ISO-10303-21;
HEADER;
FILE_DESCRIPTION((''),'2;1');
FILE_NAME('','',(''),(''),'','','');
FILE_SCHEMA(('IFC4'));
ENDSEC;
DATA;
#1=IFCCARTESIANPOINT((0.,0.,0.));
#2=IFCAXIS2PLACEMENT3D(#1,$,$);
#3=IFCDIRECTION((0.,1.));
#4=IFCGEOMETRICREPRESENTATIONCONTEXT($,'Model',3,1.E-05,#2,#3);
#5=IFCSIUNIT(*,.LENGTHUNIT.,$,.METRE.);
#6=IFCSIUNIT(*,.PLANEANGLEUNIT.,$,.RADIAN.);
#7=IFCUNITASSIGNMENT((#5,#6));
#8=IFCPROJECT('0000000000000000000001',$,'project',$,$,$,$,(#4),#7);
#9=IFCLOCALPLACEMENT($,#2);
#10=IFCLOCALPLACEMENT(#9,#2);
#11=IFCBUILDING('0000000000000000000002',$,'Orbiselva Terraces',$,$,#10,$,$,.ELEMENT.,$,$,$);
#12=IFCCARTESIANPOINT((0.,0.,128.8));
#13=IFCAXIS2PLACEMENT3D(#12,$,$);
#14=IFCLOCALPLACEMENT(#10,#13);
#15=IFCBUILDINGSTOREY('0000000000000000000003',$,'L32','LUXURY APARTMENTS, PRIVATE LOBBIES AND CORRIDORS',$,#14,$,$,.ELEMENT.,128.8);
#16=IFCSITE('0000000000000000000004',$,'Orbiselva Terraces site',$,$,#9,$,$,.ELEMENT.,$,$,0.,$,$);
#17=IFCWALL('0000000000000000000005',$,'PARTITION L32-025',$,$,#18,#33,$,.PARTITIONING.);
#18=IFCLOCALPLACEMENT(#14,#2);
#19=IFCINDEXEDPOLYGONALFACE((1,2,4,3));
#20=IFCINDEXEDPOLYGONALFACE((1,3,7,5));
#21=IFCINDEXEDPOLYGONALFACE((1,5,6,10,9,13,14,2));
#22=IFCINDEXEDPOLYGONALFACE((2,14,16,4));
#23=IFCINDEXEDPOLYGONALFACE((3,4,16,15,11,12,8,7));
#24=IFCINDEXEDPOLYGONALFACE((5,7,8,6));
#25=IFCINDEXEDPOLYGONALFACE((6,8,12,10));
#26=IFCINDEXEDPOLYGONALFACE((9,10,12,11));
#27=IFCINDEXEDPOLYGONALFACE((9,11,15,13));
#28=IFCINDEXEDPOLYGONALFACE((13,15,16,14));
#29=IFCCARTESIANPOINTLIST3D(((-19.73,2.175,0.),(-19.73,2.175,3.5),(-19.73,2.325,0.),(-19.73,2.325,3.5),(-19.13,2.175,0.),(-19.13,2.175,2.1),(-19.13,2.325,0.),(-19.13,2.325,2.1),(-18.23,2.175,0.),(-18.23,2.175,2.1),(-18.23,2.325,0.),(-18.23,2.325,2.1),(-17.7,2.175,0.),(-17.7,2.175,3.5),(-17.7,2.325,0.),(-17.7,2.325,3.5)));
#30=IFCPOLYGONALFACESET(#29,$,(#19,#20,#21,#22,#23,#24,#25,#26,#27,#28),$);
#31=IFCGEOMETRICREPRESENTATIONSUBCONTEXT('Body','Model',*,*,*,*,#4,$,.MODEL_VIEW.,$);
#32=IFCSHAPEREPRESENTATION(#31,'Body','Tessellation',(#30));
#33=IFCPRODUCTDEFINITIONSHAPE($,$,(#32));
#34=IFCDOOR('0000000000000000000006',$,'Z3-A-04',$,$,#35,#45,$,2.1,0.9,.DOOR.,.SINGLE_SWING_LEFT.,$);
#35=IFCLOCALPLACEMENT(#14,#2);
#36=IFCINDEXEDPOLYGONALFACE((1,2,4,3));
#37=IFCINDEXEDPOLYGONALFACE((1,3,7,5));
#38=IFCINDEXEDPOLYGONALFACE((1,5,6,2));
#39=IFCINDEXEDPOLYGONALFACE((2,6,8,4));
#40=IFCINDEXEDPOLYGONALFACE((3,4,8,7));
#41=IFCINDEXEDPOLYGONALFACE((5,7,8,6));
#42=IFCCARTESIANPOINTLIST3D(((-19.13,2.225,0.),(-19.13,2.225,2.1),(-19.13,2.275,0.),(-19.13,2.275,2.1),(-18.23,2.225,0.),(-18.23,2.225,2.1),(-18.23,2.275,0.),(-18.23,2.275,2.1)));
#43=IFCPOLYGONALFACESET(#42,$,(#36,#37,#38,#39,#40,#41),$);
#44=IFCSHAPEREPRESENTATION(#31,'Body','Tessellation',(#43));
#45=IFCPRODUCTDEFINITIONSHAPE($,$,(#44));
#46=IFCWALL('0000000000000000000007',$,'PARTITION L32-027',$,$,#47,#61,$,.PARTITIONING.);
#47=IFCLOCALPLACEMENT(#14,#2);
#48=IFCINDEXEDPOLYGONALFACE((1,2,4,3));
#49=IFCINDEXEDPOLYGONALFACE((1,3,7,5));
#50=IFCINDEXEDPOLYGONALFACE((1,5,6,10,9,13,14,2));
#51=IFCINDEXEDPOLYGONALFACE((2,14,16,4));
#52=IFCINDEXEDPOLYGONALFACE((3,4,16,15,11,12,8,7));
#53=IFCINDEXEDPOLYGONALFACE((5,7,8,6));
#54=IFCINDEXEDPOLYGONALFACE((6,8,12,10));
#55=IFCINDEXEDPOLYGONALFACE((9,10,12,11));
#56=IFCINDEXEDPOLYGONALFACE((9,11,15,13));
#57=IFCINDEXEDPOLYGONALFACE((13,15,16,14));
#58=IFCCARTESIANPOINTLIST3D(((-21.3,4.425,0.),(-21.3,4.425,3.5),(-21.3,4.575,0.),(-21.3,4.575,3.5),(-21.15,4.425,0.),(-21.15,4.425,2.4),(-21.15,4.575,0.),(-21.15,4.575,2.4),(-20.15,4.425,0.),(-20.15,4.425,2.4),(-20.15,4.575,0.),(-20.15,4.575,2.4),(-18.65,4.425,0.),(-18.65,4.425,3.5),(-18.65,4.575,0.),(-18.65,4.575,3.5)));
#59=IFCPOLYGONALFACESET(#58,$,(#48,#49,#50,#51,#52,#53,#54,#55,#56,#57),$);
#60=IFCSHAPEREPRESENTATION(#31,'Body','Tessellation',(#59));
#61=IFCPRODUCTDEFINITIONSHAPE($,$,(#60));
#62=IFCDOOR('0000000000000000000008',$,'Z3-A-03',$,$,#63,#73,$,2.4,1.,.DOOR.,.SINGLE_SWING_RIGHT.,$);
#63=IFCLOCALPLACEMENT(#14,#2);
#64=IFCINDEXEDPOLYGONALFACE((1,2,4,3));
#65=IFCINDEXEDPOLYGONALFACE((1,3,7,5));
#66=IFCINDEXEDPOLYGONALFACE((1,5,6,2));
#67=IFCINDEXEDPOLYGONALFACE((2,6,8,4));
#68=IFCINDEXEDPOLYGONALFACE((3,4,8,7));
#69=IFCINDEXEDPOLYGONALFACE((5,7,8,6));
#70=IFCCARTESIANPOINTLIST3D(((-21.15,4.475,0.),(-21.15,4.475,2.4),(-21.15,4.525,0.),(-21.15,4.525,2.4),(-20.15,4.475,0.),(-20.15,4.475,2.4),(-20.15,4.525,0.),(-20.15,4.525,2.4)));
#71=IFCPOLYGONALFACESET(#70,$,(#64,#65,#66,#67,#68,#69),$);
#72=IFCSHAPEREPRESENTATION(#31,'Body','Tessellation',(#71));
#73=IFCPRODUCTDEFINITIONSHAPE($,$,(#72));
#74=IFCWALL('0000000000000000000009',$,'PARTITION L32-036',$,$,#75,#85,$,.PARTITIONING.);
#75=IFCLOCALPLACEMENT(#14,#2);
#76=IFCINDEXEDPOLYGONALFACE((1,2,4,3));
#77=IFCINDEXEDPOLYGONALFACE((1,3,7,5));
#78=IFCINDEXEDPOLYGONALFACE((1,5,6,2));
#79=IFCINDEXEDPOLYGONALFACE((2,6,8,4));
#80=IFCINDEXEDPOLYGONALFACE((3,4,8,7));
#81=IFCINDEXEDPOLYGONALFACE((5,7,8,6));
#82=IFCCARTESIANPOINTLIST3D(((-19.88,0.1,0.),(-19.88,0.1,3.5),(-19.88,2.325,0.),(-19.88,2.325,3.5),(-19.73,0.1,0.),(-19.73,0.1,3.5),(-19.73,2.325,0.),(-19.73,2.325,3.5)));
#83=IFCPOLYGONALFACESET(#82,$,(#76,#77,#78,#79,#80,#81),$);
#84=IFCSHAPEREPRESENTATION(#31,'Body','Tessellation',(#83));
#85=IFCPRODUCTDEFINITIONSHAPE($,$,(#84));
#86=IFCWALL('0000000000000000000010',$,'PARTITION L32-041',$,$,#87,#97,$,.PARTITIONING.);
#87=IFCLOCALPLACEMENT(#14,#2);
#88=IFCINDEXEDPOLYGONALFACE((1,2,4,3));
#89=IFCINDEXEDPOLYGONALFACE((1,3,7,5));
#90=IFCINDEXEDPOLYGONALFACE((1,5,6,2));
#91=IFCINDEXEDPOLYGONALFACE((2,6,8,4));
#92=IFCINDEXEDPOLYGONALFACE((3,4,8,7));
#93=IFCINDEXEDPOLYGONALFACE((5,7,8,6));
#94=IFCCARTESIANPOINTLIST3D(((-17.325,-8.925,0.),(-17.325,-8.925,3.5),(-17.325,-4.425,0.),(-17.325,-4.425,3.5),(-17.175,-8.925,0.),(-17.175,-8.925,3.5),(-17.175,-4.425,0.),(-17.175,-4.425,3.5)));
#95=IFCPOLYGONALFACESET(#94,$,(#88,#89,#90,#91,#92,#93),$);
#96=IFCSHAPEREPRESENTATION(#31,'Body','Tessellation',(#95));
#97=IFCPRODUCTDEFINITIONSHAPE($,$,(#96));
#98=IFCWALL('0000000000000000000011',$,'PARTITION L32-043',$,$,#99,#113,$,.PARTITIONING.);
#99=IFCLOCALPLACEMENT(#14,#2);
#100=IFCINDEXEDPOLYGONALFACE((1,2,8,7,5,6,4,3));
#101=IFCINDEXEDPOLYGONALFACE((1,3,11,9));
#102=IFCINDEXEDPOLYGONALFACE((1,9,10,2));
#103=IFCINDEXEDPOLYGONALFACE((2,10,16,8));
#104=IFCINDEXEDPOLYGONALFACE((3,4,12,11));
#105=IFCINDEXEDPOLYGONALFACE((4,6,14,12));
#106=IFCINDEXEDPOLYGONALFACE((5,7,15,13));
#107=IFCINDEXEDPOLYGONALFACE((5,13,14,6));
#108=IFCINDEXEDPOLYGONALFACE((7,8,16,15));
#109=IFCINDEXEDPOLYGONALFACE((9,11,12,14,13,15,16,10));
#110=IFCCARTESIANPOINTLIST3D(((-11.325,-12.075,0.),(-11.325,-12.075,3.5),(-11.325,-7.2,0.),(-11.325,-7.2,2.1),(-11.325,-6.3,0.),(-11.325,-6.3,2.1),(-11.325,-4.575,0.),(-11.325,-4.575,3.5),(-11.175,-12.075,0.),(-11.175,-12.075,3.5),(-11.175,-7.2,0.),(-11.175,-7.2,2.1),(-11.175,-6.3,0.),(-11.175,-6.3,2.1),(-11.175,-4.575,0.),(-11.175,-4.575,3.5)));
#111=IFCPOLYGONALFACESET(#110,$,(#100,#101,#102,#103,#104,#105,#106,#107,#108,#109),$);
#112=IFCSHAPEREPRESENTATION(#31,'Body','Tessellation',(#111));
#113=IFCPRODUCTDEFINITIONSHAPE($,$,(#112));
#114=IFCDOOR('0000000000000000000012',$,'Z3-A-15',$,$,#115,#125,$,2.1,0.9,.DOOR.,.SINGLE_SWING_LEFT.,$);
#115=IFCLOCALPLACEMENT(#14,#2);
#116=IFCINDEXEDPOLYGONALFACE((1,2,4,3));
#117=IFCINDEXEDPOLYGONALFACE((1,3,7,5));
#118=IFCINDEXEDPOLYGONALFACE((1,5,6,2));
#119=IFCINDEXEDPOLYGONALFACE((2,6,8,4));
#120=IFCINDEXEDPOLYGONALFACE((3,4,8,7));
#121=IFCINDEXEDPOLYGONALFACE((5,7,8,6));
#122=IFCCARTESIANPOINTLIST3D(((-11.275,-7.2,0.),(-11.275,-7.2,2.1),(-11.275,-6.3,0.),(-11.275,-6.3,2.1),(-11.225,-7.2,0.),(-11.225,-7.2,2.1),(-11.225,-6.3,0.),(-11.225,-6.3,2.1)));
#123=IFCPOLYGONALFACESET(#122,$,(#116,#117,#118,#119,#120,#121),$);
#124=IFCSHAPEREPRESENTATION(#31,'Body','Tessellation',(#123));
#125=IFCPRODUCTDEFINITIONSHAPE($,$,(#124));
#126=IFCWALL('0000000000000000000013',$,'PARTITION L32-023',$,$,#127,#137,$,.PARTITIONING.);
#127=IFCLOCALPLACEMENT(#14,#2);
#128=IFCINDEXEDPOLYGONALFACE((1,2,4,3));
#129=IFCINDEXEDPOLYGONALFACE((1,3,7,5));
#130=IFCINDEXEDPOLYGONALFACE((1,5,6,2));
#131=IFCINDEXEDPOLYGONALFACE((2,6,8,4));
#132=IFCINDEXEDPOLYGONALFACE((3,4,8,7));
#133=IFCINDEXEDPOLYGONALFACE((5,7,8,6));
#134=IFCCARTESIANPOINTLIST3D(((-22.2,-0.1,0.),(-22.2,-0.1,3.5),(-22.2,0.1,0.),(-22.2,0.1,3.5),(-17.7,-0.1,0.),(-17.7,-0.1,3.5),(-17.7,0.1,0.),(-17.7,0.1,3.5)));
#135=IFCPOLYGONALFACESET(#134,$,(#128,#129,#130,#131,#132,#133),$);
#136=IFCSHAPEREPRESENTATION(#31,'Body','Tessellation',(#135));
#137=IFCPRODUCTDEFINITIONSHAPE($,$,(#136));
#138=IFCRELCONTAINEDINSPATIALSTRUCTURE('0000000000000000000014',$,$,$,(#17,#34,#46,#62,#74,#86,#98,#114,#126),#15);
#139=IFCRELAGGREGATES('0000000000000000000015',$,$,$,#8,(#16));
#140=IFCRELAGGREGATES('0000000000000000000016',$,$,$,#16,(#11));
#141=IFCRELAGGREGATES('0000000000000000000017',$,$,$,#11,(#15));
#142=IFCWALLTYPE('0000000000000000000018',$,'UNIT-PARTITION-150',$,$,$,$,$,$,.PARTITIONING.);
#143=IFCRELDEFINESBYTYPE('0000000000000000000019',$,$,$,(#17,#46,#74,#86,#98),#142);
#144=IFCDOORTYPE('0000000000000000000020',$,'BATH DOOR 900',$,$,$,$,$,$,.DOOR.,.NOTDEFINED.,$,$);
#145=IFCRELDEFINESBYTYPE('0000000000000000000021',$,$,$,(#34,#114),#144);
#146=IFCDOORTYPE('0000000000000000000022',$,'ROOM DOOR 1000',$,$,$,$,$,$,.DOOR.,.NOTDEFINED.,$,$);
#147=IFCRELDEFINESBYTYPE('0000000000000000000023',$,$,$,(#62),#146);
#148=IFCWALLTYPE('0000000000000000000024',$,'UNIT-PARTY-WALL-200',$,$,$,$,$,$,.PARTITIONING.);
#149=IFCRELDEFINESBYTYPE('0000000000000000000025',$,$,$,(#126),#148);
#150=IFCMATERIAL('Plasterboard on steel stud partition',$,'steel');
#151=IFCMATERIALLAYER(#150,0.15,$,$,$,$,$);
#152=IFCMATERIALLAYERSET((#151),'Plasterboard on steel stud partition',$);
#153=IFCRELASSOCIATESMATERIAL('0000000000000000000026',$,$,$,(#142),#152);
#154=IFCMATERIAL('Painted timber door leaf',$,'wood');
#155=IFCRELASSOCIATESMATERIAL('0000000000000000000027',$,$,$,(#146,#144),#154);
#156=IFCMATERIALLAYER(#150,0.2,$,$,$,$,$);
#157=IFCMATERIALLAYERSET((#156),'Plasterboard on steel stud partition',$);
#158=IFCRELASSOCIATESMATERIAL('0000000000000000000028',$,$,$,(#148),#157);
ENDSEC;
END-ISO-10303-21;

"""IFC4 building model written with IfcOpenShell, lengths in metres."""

from ifc_helpers import new_model, si_unit, direction, frame, frame_2d, origin, place, context, subcontext, project, spatial, rectangle, extrude, material, layer, layer_set, type_object, element, fill, save


model = new_model("IFC4")

# Units and contexts
model_context = context("Model", 3, precision=1e-05, world=origin(), true_north=direction((0.0, 1.0)))
body_context = subcontext(model_context, "Body", "Model", "MODEL_VIEW")
ifc_project = project(units=[si_unit("LENGTHUNIT", "METRE"), si_unit("PLANEANGLEUNIT", "RADIAN")], contexts=[model_context])

# Site, building, storey
site_placement = place(None, origin())
site = spatial("IfcSite", under=ifc_project, at=site_placement, Name="Orbiselva Terraces site", CompositionType="ELEMENT", RefElevation=0.0)
building_placement = place(site_placement, origin())
building = spatial("IfcBuilding", under=site, at=building_placement, Name="Orbiselva Terraces", CompositionType="ELEMENT")
storey_placement = place(building_placement, frame((0.0, 0.0, 128.8)))
storey = spatial("IfcBuildingStorey", under=building, at=storey_placement, Name="L32", Description="LUXURY APARTMENTS, PRIVATE LOBBIES AND CORRIDORS", CompositionType="ELEMENT", Elevation=128.8)

# Shared definitions
ifc_material_1 = material(Name="Plasterboard on steel stud partition", Category="steel")

# Shared definitions
ifc_layer_1 = layer(ifc_material_1, 0.15)
ifc_layer_set_1 = layer_set([ifc_layer_1], Name="Plasterboard on steel stud partition")
wall_type_1 = type_object("IfcWallType", Name="UNIT-PARTITION-150", PredefinedType="PARTITIONING", material=ifc_layer_set_1)
ifc_material_2 = material(Name="Painted timber door leaf", Category="wood")
door_type_1 = type_object("IfcDoorType", Name="ROOM DOOR 1000", OperationType="NOTDEFINED", PredefinedType="DOOR", material=ifc_material_2)

# Walls, openings, doors
wall_1_placement = place(storey_placement, frame((-17.7, 2.25, 0.0), z_axis=(0.0, 0.0, 1.0), x_axis=(-1.0, 0.0, 0.0)))
wall_1 = element("IfcWall", 1, at=wall_1_placement, inside=storey, type_object=wall_type_1, Name="PARTITION L32-025", PredefinedType="PARTITIONING", context=body_context, shape_type="SweptSolid", body=[
    extrude(rectangle(XDim=2.03, YDim=0.15, at=frame_2d((1.015, 0.0))), origin(), (0.0, 0.0, 1.0), 3.5),
])
opening_1_placement = place(wall_1_placement, frame((0.53, 0.0, 0.0)))
opening_1 = element("IfcOpeningElement", 2, at=opening_1_placement, cuts=wall_1, PredefinedType="OPENING", context=body_context, shape_type="SweptSolid", body=[
    extrude(rectangle(XDim=0.9, YDim=2.1, at=frame_2d((0.45, 1.05))), frame((0.0, 0.085, 0.0), z_axis=(0.0, -1.0, 0.0), x_axis=(1.0, 0.0, 0.0)), (0.0, 0.0, 1.0), 0.17),
])
door_type_2 = type_object("IfcDoorType", Name="BATH DOOR 900", OperationType="NOTDEFINED", PredefinedType="DOOR", material=ifc_material_2)
door_1_placement = place(opening_1_placement, origin())
door_1 = element("IfcDoor", 3, at=door_1_placement, inside=storey, type_object=door_type_2, Name="Z3-A-04", OperationType="SINGLE_SWING_LEFT", OverallHeight=2.1, OverallWidth=0.9, PredefinedType="DOOR", context=body_context, shape_type="SweptSolid", body=[
    extrude(rectangle(XDim=0.9, YDim=2.1, at=frame_2d((0.45, 1.05))), frame((0.0, 0.025, 0.0), z_axis=(0.0, -1.0, 0.0), x_axis=(1.0, 0.0, 0.0)), (0.0, 0.0, 1.0), 0.05),
])
fill(opening_1, door_1)
wall_2_placement = place(storey_placement, frame((-18.65, 4.5, 0.0), z_axis=(0.0, 0.0, 1.0), x_axis=(-1.0, 0.0, 0.0)))
wall_2 = element("IfcWall", 4, at=wall_2_placement, inside=storey, type_object=wall_type_1, Name="PARTITION L32-027", PredefinedType="PARTITIONING", context=body_context, shape_type="SweptSolid", body=[
    extrude(rectangle(XDim=2.65, YDim=0.15, at=frame_2d((1.325, 0.0))), origin(), (0.0, 0.0, 1.0), 3.5),
])
opening_2_placement = place(wall_2_placement, frame((1.5, 0.0, 0.0)))
opening_2 = element("IfcOpeningElement", 5, at=opening_2_placement, cuts=wall_2, PredefinedType="OPENING", context=body_context, shape_type="SweptSolid", body=[
    extrude(rectangle(XDim=1.0, YDim=2.4, at=frame_2d((0.5, 1.2))), frame((0.0, 0.085, 0.0), z_axis=(0.0, -1.0, 0.0), x_axis=(1.0, 0.0, 0.0)), (0.0, 0.0, 1.0), 0.17),
])
door_2_placement = place(opening_2_placement, origin())
door_2 = element("IfcDoor", 6, at=door_2_placement, inside=storey, type_object=door_type_1, Name="Z3-A-03", OperationType="SINGLE_SWING_RIGHT", OverallHeight=2.4, OverallWidth=1.0, PredefinedType="DOOR", context=body_context, shape_type="SweptSolid", body=[
    extrude(rectangle(XDim=1.0, YDim=2.4, at=frame_2d((0.5, 1.2))), frame((0.0, 0.025, 0.0), z_axis=(0.0, -1.0, 0.0), x_axis=(1.0, 0.0, 0.0)), (0.0, 0.0, 1.0), 0.05),
])
fill(opening_2, door_2)

# Walls
wall_3_placement = place(storey_placement, frame((-19.805, 0.1, 0.0), z_axis=(0.0, 0.0, 1.0), x_axis=(0.0, 1.0, 0.0)))
element("IfcWall", 7, at=wall_3_placement, inside=storey, type_object=wall_type_1, Name="PARTITION L32-036", PredefinedType="PARTITIONING", context=body_context, shape_type="SweptSolid", body=[
    extrude(rectangle(XDim=2.225, YDim=0.15, at=frame_2d((1.1125, 0.0))), origin(), (0.0, 0.0, 1.0), 3.5),
])
wall_4_placement = place(storey_placement, frame((-17.25, -8.925, 0.0), z_axis=(0.0, 0.0, 1.0), x_axis=(0.0, 1.0, 0.0)))
element("IfcWall", 8, at=wall_4_placement, inside=storey, type_object=wall_type_1, Name="PARTITION L32-041", PredefinedType="PARTITIONING", context=body_context, shape_type="SweptSolid", body=[
    extrude(rectangle(XDim=4.5, YDim=0.15, at=frame_2d((2.25, 0.0))), origin(), (0.0, 0.0, 1.0), 3.5),
])

# Wall, opening, door
wall_5_placement = place(storey_placement, frame((-11.25, -4.575, 0.0), z_axis=(0.0, 0.0, 1.0), x_axis=(0.0, -1.0, 0.0)))
wall_5 = element("IfcWall", 9, at=wall_5_placement, inside=storey, type_object=wall_type_1, Name="PARTITION L32-043", PredefinedType="PARTITIONING", context=body_context, shape_type="SweptSolid", body=[
    extrude(rectangle(XDim=7.5, YDim=0.15, at=frame_2d((3.75, 0.0))), origin(), (0.0, 0.0, 1.0), 3.5),
])
opening_3_placement = place(wall_5_placement, frame((1.725, 0.0, 0.0)))
opening_3 = element("IfcOpeningElement", 10, at=opening_3_placement, cuts=wall_5, PredefinedType="OPENING", context=body_context, shape_type="SweptSolid", body=[
    extrude(rectangle(XDim=0.9, YDim=2.1, at=frame_2d((0.45, 1.05))), frame((0.0, 0.085, 0.0), z_axis=(0.0, -1.0, 0.0), x_axis=(1.0, 0.0, 0.0)), (0.0, 0.0, 1.0), 0.17),
])
door_3_placement = place(opening_3_placement, origin())
door_3 = element("IfcDoor", 11, at=door_3_placement, inside=storey, type_object=door_type_2, Name="Z3-A-15", OperationType="SINGLE_SWING_LEFT", OverallHeight=2.1, OverallWidth=0.9, PredefinedType="DOOR", context=body_context, shape_type="SweptSolid", body=[
    extrude(rectangle(XDim=0.9, YDim=2.1, at=frame_2d((0.45, 1.05))), frame((0.0, 0.025, 0.0), z_axis=(0.0, -1.0, 0.0), x_axis=(1.0, 0.0, 0.0)), (0.0, 0.0, 1.0), 0.05),
])
fill(opening_3, door_3)

# Wall
ifc_layer_2 = layer(ifc_material_1, 0.2)
ifc_layer_set_2 = layer_set([ifc_layer_2], Name="Plasterboard on steel stud partition")
wall_type_2 = type_object("IfcWallType", Name="UNIT-PARTY-WALL-200", PredefinedType="PARTITIONING", material=ifc_layer_set_2)
wall_6_placement = place(storey_placement, frame((-22.2, 0.0, 0.0), z_axis=(0.0, 0.0, 1.0), x_axis=(1.0, 0.0, 0.0)))
element("IfcWall", 12, at=wall_6_placement, inside=storey, type_object=wall_type_2, Name="PARTITION L32-023", PredefinedType="PARTITIONING", context=body_context, shape_type="SweptSolid", body=[
    extrude(rectangle(XDim=4.5, YDim=0.2, at=frame_2d((2.25, 0.0))), origin(), (0.0, 0.0, 1.0), 3.5),
])

save(model, "model.ifc")
